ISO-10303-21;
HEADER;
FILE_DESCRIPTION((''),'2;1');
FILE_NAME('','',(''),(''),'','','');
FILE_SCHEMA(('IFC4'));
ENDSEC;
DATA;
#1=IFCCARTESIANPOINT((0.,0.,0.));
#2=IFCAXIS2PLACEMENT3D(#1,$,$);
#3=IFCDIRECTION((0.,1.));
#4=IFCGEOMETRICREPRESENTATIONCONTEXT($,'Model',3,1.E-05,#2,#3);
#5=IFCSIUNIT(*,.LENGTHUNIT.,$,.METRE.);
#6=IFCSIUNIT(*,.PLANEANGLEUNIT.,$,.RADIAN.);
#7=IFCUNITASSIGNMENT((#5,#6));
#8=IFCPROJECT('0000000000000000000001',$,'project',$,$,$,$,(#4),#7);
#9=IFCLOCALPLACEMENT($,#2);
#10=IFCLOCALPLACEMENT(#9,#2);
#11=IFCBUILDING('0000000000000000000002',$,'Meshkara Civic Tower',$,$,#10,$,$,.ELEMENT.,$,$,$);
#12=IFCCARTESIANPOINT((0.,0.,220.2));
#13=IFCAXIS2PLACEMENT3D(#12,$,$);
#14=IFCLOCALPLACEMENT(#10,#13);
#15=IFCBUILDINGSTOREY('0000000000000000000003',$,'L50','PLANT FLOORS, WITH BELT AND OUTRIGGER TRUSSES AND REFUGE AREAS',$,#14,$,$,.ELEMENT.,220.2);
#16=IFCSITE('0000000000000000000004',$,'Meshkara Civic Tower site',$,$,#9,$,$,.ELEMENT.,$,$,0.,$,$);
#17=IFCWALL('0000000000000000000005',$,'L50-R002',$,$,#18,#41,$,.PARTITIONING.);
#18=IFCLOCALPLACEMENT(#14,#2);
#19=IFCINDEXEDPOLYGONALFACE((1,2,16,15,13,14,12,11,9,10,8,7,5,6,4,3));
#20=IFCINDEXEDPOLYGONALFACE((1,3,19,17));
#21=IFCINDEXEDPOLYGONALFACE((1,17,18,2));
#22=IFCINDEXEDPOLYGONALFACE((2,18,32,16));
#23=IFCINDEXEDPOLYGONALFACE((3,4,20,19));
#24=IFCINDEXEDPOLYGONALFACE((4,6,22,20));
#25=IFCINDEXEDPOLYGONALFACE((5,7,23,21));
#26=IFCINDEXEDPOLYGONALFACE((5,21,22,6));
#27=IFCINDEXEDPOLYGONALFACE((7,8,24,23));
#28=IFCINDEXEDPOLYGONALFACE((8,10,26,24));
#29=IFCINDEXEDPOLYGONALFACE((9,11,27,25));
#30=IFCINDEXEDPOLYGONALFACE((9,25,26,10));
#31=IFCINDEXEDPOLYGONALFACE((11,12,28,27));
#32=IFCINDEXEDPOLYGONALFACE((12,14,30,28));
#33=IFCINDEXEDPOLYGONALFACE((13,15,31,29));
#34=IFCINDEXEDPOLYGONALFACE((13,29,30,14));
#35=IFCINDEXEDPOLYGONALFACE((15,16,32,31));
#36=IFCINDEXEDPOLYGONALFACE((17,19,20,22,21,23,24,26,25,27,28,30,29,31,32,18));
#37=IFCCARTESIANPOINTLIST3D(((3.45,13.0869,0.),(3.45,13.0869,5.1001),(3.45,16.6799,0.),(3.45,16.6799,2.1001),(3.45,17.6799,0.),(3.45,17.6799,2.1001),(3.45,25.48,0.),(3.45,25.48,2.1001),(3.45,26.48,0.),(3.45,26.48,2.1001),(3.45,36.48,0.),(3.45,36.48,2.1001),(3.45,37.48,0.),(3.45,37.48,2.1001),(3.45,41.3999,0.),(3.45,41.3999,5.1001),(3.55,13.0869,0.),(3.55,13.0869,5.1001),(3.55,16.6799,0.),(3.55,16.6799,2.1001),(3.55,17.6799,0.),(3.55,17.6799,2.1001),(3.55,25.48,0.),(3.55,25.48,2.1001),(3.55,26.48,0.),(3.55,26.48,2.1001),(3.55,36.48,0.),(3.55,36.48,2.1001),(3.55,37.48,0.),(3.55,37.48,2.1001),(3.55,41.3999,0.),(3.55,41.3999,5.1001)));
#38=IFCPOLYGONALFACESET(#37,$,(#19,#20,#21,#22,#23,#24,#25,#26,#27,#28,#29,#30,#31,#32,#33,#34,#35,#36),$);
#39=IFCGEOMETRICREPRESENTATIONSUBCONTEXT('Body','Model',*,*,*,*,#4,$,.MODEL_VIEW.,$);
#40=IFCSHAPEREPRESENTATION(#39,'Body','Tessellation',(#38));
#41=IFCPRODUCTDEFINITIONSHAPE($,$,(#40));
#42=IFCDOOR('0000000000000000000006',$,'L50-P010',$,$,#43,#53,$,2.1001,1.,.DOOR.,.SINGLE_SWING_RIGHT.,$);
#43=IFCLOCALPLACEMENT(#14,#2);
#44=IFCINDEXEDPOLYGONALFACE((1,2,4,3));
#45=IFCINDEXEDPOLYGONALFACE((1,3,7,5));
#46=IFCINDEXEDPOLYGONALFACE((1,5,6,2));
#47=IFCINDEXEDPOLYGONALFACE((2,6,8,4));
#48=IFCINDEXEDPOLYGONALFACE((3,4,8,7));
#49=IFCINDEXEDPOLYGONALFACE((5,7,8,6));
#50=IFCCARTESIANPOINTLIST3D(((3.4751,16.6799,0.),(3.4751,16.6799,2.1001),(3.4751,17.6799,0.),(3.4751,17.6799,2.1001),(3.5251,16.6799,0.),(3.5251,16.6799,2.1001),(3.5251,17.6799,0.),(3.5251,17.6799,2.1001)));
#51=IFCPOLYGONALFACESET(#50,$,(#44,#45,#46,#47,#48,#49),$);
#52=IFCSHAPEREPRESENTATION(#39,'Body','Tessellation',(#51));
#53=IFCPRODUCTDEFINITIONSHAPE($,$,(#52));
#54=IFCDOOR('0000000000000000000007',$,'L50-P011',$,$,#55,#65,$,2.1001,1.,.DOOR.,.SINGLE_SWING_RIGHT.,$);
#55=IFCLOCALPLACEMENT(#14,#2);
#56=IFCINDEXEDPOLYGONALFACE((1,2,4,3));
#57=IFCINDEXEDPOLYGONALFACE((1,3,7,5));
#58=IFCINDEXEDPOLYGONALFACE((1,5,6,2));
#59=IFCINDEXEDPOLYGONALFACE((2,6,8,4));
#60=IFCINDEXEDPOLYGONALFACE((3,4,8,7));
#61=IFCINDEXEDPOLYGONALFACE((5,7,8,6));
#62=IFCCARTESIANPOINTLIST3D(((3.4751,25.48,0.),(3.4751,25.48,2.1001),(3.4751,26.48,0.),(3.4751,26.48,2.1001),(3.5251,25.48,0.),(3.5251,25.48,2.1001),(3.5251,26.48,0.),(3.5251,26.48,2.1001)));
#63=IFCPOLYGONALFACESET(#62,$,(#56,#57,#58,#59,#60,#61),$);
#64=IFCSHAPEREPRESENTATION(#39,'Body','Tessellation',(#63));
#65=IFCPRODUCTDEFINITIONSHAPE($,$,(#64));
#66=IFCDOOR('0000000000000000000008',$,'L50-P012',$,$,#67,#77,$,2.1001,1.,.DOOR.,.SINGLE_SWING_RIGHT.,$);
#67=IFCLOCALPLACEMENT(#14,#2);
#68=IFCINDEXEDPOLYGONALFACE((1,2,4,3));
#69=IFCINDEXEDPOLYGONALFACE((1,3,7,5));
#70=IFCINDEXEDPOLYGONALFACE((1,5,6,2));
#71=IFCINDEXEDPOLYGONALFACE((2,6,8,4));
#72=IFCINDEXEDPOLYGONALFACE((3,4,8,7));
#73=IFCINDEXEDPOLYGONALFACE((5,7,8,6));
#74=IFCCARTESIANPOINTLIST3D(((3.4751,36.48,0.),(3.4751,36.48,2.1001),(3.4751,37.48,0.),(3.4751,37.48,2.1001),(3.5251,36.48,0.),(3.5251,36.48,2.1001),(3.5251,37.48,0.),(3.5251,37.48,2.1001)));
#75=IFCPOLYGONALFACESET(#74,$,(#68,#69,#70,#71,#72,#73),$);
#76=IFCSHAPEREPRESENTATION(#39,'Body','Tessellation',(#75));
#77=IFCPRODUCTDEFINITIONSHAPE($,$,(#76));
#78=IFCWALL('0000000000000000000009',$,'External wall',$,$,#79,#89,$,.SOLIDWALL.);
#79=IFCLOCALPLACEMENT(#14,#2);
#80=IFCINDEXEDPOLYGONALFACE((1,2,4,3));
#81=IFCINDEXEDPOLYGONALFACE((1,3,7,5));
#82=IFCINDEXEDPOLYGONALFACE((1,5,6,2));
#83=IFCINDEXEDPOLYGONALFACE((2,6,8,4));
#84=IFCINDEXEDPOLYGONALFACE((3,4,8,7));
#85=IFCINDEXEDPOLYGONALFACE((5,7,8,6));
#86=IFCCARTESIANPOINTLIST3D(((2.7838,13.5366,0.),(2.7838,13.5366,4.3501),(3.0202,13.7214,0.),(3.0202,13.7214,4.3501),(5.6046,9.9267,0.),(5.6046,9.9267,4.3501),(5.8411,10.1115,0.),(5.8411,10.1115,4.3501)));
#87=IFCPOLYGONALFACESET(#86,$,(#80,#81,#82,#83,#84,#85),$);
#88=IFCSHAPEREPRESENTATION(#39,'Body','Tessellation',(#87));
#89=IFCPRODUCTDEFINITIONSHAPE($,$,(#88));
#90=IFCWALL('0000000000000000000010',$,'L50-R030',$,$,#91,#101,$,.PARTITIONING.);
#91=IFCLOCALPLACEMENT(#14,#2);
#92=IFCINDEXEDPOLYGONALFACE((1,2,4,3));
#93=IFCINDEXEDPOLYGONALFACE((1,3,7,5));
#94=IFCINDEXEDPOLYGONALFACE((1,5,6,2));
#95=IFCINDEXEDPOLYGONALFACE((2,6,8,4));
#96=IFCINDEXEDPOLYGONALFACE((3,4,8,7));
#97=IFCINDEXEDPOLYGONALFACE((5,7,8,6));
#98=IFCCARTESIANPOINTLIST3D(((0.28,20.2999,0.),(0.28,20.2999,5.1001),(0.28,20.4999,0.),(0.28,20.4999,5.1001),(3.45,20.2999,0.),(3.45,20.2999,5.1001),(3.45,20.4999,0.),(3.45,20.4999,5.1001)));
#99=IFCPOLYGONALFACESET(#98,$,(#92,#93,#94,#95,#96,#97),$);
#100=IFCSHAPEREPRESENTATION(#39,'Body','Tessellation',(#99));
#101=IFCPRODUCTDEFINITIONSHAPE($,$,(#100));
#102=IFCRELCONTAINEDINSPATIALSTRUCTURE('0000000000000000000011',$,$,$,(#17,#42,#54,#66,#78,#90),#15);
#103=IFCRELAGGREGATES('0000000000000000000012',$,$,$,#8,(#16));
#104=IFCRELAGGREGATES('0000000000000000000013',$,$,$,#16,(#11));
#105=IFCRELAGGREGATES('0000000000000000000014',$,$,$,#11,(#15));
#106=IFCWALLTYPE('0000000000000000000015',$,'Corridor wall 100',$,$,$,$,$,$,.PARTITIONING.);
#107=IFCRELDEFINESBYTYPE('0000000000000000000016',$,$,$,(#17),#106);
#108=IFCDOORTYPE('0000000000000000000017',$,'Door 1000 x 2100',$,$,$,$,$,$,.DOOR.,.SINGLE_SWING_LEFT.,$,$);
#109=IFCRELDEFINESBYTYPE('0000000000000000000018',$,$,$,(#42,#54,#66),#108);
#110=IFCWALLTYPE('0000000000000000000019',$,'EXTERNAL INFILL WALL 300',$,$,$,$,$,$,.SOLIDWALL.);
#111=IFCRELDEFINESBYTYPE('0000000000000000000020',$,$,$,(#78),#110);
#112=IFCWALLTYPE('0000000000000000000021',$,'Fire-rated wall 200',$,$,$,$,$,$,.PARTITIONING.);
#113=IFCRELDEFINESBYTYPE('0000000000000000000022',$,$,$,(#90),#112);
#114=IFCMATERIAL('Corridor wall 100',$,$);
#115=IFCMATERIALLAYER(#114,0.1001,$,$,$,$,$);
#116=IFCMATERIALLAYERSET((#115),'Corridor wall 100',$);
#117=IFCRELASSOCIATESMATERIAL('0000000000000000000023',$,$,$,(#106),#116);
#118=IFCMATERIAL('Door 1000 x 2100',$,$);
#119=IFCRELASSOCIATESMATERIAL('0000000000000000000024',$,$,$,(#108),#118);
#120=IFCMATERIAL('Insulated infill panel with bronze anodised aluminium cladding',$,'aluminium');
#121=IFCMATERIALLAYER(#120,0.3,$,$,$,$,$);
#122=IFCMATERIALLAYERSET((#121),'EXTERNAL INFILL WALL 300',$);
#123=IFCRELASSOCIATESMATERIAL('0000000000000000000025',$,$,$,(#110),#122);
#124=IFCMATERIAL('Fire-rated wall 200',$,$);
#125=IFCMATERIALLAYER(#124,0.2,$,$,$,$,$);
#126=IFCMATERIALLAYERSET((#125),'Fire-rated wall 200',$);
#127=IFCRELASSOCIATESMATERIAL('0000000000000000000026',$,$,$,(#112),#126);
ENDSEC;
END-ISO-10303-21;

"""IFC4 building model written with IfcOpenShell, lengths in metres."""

from ifc_helpers import new_model, si_unit, direction, frame, frame_2d, origin, place, context, subcontext, project, spatial, rectangle, extrude, material, layer, layer_set, type_object, element, fill, save


model = new_model("IFC4")

# Units and contexts
model_context = context("Model", 3, precision=1e-05, world=origin(), true_north=direction((0.0, 1.0)))
body_context = subcontext(model_context, "Body", "Model", "MODEL_VIEW")
ifc_project = project(units=[si_unit("LENGTHUNIT", "METRE"), si_unit("PLANEANGLEUNIT", "RADIAN")], contexts=[model_context])

# Site, building, storey
site_placement = place(None, origin())
site = spatial("IfcSite", under=ifc_project, at=site_placement, Name="Meshkara Civic Tower site", CompositionType="ELEMENT", RefElevation=0.0)
building_placement = place(site_placement, origin())
building = spatial("IfcBuilding", under=site, at=building_placement, Name="Meshkara Civic Tower", CompositionType="ELEMENT")
storey_placement = place(building_placement, frame((0.0, 0.0, 220.2)))
storey = spatial("IfcBuildingStorey", under=building, at=storey_placement, Name="L50", Description="PLANT FLOORS, WITH BELT AND OUTRIGGER TRUSSES AND REFUGE AREAS", CompositionType="ELEMENT", Elevation=220.2)

# Wall, openings, doors
ifc_material_1 = material(Name="Corridor wall 100")
ifc_layer_1 = layer(ifc_material_1, 0.1001)
ifc_layer_set_1 = layer_set([ifc_layer_1], Name="Corridor wall 100")
wall_type_1 = type_object("IfcWallType", Name="Corridor wall 100", PredefinedType="PARTITIONING", material=ifc_layer_set_1)
wall_1_placement = place(storey_placement, frame((3.5, 13.0869, 0.0), z_axis=(0.0, 0.0, 1.0), x_axis=(0.0, 1.0, 0.0)))
wall_1 = element("IfcWall", 1, at=wall_1_placement, inside=storey, type_object=wall_type_1, Name="L50-R002", PredefinedType="PARTITIONING", context=body_context, shape_type="SweptSolid", body=[
    extrude(rectangle(XDim=28.313, YDim=0.1001, at=frame_2d((14.1565, 0.0))), origin(), (0.0, 0.0, 1.0), 5.1001),
])
opening_1_placement = place(wall_1_placement, frame((3.593, 0.0, 0.0)))
opening_1 = element("IfcOpeningElement", 2, at=opening_1_placement, cuts=wall_1, PredefinedType="OPENING", context=body_context, shape_type="SweptSolid", body=[
    extrude(rectangle(XDim=1.0, YDim=2.1001, at=frame_2d((0.5, 1.05))), frame((0.0, 0.0601, 0.0), z_axis=(0.0, -1.0, 0.0), x_axis=(1.0, 0.0, 0.0)), (0.0, 0.0, 1.0), 0.1201),
])
opening_2_placement = place(wall_1_placement, frame((12.3931, 0.0, 0.0)))
opening_2 = element("IfcOpeningElement", 3, at=opening_2_placement, cuts=wall_1, PredefinedType="OPENING", context=body_context, shape_type="SweptSolid", body=[
    extrude(rectangle(XDim=1.0, YDim=2.1001, at=frame_2d((0.5, 1.05))), frame((0.0, 0.0601, 0.0), z_axis=(0.0, -1.0, 0.0), x_axis=(1.0, 0.0, 0.0)), (0.0, 0.0, 1.0), 0.1201),
])
opening_3_placement = place(wall_1_placement, frame((23.3931, 0.0, 0.0)))
opening_3 = element("IfcOpeningElement", 4, at=opening_3_placement, cuts=wall_1, PredefinedType="OPENING", context=body_context, shape_type="SweptSolid", body=[
    extrude(rectangle(XDim=1.0, YDim=2.1001, at=frame_2d((0.5, 1.05))), frame((0.0, 0.0601, 0.0), z_axis=(0.0, -1.0, 0.0), x_axis=(1.0, 0.0, 0.0)), (0.0, 0.0, 1.0), 0.1201),
])
ifc_material_2 = material(Name="Door 1000 x 2100")
door_type = type_object("IfcDoorType", Name="Door 1000 x 2100", OperationType="SINGLE_SWING_LEFT", PredefinedType="DOOR", material=ifc_material_2)
door_1_placement = place(opening_1_placement, origin())
door_1 = element("IfcDoor", 5, at=door_1_placement, inside=storey, type_object=door_type, Name="L50-P010", OperationType="SINGLE_SWING_RIGHT", OverallHeight=2.1001, OverallWidth=1.0, PredefinedType="DOOR", context=body_context, shape_type="SweptSolid", body=[
    extrude(rectangle(XDim=1.0, YDim=2.1001, at=frame_2d((0.5, 1.05))), frame((0.0, 0.0249, 0.0), z_axis=(0.0, -1.0, 0.0), x_axis=(1.0, 0.0, 0.0)), (0.0, 0.0, 1.0), 0.05),
])
fill(opening_1, door_1)
door_2_placement = place(opening_2_placement, origin())
door_2 = element("IfcDoor", 6, at=door_2_placement, inside=storey, type_object=door_type, Name="L50-P011", OperationType="SINGLE_SWING_RIGHT", OverallHeight=2.1001, OverallWidth=1.0, PredefinedType="DOOR", context=body_context, shape_type="SweptSolid", body=[
    extrude(rectangle(XDim=1.0, YDim=2.1001, at=frame_2d((0.5, 1.05))), frame((0.0, 0.0249, 0.0), z_axis=(0.0, -1.0, 0.0), x_axis=(1.0, 0.0, 0.0)), (0.0, 0.0, 1.0), 0.05),
])
fill(opening_2, door_2)
door_3_placement = place(opening_3_placement, origin())
door_3 = element("IfcDoor", 7, at=door_3_placement, inside=storey, type_object=door_type, Name="L50-P012", OperationType="SINGLE_SWING_RIGHT", OverallHeight=2.1001, OverallWidth=1.0, PredefinedType="DOOR", context=body_context, shape_type="SweptSolid", body=[
    extrude(rectangle(XDim=1.0, YDim=2.1001, at=frame_2d((0.5, 1.05))), frame((0.0, 0.0249, 0.0), z_axis=(0.0, -1.0, 0.0), x_axis=(1.0, 0.0, 0.0)), (0.0, 0.0, 1.0), 0.05),
])
fill(opening_3, door_3)

# Walls
ifc_material_3 = material(Name="Insulated infill panel with bronze anodised aluminium cladding", Category="aluminium")
ifc_layer_2 = layer(ifc_material_3, 0.3)
ifc_layer_set_2 = layer_set([ifc_layer_2], Name="EXTERNAL INFILL WALL 300")
wall_type_2 = type_object("IfcWallType", Name="EXTERNAL INFILL WALL 300", PredefinedType="SOLIDWALL", material=ifc_layer_set_2)
wall_2_placement = place(storey_placement, frame((2.9021, 13.6289, 0.0), z_axis=(0.0, 0.0, 1.0), x_axis=(0.615725, -0.787961, 0.0)))
element("IfcWall", 8, at=wall_2_placement, inside=storey, type_object=wall_type_2, Name="External wall", PredefinedType="SOLIDWALL", context=body_context, shape_type="SweptSolid", body=[
    extrude(rectangle(XDim=4.5813, YDim=0.3, at=frame_2d((2.2905, 0.0))), origin(), (0.0, 0.0, 1.0), 4.3501),
])
ifc_material_4 = material(Name="Fire-rated wall 200")
ifc_layer_3 = layer(ifc_material_4, 0.2)
ifc_layer_set_3 = layer_set([ifc_layer_3], Name="Fire-rated wall 200")
wall_type_3 = type_object("IfcWallType", Name="Fire-rated wall 200", PredefinedType="PARTITIONING", material=ifc_layer_set_3)
wall_3_placement = place(storey_placement, frame((3.45, 20.3999, 0.0), z_axis=(0.0, 0.0, 1.0), x_axis=(-1.0, 0.0, 0.0)))
element("IfcWall", 9, at=wall_3_placement, inside=storey, type_object=wall_type_3, Name="L50-R030", PredefinedType="PARTITIONING", context=body_context, shape_type="SweptSolid", body=[
    extrude(rectangle(XDim=3.1699, YDim=0.2, at=frame_2d((1.585, 0.0))), origin(), (0.0, 0.0, 1.0), 5.1001),
])

save(model, "model.ifc")
